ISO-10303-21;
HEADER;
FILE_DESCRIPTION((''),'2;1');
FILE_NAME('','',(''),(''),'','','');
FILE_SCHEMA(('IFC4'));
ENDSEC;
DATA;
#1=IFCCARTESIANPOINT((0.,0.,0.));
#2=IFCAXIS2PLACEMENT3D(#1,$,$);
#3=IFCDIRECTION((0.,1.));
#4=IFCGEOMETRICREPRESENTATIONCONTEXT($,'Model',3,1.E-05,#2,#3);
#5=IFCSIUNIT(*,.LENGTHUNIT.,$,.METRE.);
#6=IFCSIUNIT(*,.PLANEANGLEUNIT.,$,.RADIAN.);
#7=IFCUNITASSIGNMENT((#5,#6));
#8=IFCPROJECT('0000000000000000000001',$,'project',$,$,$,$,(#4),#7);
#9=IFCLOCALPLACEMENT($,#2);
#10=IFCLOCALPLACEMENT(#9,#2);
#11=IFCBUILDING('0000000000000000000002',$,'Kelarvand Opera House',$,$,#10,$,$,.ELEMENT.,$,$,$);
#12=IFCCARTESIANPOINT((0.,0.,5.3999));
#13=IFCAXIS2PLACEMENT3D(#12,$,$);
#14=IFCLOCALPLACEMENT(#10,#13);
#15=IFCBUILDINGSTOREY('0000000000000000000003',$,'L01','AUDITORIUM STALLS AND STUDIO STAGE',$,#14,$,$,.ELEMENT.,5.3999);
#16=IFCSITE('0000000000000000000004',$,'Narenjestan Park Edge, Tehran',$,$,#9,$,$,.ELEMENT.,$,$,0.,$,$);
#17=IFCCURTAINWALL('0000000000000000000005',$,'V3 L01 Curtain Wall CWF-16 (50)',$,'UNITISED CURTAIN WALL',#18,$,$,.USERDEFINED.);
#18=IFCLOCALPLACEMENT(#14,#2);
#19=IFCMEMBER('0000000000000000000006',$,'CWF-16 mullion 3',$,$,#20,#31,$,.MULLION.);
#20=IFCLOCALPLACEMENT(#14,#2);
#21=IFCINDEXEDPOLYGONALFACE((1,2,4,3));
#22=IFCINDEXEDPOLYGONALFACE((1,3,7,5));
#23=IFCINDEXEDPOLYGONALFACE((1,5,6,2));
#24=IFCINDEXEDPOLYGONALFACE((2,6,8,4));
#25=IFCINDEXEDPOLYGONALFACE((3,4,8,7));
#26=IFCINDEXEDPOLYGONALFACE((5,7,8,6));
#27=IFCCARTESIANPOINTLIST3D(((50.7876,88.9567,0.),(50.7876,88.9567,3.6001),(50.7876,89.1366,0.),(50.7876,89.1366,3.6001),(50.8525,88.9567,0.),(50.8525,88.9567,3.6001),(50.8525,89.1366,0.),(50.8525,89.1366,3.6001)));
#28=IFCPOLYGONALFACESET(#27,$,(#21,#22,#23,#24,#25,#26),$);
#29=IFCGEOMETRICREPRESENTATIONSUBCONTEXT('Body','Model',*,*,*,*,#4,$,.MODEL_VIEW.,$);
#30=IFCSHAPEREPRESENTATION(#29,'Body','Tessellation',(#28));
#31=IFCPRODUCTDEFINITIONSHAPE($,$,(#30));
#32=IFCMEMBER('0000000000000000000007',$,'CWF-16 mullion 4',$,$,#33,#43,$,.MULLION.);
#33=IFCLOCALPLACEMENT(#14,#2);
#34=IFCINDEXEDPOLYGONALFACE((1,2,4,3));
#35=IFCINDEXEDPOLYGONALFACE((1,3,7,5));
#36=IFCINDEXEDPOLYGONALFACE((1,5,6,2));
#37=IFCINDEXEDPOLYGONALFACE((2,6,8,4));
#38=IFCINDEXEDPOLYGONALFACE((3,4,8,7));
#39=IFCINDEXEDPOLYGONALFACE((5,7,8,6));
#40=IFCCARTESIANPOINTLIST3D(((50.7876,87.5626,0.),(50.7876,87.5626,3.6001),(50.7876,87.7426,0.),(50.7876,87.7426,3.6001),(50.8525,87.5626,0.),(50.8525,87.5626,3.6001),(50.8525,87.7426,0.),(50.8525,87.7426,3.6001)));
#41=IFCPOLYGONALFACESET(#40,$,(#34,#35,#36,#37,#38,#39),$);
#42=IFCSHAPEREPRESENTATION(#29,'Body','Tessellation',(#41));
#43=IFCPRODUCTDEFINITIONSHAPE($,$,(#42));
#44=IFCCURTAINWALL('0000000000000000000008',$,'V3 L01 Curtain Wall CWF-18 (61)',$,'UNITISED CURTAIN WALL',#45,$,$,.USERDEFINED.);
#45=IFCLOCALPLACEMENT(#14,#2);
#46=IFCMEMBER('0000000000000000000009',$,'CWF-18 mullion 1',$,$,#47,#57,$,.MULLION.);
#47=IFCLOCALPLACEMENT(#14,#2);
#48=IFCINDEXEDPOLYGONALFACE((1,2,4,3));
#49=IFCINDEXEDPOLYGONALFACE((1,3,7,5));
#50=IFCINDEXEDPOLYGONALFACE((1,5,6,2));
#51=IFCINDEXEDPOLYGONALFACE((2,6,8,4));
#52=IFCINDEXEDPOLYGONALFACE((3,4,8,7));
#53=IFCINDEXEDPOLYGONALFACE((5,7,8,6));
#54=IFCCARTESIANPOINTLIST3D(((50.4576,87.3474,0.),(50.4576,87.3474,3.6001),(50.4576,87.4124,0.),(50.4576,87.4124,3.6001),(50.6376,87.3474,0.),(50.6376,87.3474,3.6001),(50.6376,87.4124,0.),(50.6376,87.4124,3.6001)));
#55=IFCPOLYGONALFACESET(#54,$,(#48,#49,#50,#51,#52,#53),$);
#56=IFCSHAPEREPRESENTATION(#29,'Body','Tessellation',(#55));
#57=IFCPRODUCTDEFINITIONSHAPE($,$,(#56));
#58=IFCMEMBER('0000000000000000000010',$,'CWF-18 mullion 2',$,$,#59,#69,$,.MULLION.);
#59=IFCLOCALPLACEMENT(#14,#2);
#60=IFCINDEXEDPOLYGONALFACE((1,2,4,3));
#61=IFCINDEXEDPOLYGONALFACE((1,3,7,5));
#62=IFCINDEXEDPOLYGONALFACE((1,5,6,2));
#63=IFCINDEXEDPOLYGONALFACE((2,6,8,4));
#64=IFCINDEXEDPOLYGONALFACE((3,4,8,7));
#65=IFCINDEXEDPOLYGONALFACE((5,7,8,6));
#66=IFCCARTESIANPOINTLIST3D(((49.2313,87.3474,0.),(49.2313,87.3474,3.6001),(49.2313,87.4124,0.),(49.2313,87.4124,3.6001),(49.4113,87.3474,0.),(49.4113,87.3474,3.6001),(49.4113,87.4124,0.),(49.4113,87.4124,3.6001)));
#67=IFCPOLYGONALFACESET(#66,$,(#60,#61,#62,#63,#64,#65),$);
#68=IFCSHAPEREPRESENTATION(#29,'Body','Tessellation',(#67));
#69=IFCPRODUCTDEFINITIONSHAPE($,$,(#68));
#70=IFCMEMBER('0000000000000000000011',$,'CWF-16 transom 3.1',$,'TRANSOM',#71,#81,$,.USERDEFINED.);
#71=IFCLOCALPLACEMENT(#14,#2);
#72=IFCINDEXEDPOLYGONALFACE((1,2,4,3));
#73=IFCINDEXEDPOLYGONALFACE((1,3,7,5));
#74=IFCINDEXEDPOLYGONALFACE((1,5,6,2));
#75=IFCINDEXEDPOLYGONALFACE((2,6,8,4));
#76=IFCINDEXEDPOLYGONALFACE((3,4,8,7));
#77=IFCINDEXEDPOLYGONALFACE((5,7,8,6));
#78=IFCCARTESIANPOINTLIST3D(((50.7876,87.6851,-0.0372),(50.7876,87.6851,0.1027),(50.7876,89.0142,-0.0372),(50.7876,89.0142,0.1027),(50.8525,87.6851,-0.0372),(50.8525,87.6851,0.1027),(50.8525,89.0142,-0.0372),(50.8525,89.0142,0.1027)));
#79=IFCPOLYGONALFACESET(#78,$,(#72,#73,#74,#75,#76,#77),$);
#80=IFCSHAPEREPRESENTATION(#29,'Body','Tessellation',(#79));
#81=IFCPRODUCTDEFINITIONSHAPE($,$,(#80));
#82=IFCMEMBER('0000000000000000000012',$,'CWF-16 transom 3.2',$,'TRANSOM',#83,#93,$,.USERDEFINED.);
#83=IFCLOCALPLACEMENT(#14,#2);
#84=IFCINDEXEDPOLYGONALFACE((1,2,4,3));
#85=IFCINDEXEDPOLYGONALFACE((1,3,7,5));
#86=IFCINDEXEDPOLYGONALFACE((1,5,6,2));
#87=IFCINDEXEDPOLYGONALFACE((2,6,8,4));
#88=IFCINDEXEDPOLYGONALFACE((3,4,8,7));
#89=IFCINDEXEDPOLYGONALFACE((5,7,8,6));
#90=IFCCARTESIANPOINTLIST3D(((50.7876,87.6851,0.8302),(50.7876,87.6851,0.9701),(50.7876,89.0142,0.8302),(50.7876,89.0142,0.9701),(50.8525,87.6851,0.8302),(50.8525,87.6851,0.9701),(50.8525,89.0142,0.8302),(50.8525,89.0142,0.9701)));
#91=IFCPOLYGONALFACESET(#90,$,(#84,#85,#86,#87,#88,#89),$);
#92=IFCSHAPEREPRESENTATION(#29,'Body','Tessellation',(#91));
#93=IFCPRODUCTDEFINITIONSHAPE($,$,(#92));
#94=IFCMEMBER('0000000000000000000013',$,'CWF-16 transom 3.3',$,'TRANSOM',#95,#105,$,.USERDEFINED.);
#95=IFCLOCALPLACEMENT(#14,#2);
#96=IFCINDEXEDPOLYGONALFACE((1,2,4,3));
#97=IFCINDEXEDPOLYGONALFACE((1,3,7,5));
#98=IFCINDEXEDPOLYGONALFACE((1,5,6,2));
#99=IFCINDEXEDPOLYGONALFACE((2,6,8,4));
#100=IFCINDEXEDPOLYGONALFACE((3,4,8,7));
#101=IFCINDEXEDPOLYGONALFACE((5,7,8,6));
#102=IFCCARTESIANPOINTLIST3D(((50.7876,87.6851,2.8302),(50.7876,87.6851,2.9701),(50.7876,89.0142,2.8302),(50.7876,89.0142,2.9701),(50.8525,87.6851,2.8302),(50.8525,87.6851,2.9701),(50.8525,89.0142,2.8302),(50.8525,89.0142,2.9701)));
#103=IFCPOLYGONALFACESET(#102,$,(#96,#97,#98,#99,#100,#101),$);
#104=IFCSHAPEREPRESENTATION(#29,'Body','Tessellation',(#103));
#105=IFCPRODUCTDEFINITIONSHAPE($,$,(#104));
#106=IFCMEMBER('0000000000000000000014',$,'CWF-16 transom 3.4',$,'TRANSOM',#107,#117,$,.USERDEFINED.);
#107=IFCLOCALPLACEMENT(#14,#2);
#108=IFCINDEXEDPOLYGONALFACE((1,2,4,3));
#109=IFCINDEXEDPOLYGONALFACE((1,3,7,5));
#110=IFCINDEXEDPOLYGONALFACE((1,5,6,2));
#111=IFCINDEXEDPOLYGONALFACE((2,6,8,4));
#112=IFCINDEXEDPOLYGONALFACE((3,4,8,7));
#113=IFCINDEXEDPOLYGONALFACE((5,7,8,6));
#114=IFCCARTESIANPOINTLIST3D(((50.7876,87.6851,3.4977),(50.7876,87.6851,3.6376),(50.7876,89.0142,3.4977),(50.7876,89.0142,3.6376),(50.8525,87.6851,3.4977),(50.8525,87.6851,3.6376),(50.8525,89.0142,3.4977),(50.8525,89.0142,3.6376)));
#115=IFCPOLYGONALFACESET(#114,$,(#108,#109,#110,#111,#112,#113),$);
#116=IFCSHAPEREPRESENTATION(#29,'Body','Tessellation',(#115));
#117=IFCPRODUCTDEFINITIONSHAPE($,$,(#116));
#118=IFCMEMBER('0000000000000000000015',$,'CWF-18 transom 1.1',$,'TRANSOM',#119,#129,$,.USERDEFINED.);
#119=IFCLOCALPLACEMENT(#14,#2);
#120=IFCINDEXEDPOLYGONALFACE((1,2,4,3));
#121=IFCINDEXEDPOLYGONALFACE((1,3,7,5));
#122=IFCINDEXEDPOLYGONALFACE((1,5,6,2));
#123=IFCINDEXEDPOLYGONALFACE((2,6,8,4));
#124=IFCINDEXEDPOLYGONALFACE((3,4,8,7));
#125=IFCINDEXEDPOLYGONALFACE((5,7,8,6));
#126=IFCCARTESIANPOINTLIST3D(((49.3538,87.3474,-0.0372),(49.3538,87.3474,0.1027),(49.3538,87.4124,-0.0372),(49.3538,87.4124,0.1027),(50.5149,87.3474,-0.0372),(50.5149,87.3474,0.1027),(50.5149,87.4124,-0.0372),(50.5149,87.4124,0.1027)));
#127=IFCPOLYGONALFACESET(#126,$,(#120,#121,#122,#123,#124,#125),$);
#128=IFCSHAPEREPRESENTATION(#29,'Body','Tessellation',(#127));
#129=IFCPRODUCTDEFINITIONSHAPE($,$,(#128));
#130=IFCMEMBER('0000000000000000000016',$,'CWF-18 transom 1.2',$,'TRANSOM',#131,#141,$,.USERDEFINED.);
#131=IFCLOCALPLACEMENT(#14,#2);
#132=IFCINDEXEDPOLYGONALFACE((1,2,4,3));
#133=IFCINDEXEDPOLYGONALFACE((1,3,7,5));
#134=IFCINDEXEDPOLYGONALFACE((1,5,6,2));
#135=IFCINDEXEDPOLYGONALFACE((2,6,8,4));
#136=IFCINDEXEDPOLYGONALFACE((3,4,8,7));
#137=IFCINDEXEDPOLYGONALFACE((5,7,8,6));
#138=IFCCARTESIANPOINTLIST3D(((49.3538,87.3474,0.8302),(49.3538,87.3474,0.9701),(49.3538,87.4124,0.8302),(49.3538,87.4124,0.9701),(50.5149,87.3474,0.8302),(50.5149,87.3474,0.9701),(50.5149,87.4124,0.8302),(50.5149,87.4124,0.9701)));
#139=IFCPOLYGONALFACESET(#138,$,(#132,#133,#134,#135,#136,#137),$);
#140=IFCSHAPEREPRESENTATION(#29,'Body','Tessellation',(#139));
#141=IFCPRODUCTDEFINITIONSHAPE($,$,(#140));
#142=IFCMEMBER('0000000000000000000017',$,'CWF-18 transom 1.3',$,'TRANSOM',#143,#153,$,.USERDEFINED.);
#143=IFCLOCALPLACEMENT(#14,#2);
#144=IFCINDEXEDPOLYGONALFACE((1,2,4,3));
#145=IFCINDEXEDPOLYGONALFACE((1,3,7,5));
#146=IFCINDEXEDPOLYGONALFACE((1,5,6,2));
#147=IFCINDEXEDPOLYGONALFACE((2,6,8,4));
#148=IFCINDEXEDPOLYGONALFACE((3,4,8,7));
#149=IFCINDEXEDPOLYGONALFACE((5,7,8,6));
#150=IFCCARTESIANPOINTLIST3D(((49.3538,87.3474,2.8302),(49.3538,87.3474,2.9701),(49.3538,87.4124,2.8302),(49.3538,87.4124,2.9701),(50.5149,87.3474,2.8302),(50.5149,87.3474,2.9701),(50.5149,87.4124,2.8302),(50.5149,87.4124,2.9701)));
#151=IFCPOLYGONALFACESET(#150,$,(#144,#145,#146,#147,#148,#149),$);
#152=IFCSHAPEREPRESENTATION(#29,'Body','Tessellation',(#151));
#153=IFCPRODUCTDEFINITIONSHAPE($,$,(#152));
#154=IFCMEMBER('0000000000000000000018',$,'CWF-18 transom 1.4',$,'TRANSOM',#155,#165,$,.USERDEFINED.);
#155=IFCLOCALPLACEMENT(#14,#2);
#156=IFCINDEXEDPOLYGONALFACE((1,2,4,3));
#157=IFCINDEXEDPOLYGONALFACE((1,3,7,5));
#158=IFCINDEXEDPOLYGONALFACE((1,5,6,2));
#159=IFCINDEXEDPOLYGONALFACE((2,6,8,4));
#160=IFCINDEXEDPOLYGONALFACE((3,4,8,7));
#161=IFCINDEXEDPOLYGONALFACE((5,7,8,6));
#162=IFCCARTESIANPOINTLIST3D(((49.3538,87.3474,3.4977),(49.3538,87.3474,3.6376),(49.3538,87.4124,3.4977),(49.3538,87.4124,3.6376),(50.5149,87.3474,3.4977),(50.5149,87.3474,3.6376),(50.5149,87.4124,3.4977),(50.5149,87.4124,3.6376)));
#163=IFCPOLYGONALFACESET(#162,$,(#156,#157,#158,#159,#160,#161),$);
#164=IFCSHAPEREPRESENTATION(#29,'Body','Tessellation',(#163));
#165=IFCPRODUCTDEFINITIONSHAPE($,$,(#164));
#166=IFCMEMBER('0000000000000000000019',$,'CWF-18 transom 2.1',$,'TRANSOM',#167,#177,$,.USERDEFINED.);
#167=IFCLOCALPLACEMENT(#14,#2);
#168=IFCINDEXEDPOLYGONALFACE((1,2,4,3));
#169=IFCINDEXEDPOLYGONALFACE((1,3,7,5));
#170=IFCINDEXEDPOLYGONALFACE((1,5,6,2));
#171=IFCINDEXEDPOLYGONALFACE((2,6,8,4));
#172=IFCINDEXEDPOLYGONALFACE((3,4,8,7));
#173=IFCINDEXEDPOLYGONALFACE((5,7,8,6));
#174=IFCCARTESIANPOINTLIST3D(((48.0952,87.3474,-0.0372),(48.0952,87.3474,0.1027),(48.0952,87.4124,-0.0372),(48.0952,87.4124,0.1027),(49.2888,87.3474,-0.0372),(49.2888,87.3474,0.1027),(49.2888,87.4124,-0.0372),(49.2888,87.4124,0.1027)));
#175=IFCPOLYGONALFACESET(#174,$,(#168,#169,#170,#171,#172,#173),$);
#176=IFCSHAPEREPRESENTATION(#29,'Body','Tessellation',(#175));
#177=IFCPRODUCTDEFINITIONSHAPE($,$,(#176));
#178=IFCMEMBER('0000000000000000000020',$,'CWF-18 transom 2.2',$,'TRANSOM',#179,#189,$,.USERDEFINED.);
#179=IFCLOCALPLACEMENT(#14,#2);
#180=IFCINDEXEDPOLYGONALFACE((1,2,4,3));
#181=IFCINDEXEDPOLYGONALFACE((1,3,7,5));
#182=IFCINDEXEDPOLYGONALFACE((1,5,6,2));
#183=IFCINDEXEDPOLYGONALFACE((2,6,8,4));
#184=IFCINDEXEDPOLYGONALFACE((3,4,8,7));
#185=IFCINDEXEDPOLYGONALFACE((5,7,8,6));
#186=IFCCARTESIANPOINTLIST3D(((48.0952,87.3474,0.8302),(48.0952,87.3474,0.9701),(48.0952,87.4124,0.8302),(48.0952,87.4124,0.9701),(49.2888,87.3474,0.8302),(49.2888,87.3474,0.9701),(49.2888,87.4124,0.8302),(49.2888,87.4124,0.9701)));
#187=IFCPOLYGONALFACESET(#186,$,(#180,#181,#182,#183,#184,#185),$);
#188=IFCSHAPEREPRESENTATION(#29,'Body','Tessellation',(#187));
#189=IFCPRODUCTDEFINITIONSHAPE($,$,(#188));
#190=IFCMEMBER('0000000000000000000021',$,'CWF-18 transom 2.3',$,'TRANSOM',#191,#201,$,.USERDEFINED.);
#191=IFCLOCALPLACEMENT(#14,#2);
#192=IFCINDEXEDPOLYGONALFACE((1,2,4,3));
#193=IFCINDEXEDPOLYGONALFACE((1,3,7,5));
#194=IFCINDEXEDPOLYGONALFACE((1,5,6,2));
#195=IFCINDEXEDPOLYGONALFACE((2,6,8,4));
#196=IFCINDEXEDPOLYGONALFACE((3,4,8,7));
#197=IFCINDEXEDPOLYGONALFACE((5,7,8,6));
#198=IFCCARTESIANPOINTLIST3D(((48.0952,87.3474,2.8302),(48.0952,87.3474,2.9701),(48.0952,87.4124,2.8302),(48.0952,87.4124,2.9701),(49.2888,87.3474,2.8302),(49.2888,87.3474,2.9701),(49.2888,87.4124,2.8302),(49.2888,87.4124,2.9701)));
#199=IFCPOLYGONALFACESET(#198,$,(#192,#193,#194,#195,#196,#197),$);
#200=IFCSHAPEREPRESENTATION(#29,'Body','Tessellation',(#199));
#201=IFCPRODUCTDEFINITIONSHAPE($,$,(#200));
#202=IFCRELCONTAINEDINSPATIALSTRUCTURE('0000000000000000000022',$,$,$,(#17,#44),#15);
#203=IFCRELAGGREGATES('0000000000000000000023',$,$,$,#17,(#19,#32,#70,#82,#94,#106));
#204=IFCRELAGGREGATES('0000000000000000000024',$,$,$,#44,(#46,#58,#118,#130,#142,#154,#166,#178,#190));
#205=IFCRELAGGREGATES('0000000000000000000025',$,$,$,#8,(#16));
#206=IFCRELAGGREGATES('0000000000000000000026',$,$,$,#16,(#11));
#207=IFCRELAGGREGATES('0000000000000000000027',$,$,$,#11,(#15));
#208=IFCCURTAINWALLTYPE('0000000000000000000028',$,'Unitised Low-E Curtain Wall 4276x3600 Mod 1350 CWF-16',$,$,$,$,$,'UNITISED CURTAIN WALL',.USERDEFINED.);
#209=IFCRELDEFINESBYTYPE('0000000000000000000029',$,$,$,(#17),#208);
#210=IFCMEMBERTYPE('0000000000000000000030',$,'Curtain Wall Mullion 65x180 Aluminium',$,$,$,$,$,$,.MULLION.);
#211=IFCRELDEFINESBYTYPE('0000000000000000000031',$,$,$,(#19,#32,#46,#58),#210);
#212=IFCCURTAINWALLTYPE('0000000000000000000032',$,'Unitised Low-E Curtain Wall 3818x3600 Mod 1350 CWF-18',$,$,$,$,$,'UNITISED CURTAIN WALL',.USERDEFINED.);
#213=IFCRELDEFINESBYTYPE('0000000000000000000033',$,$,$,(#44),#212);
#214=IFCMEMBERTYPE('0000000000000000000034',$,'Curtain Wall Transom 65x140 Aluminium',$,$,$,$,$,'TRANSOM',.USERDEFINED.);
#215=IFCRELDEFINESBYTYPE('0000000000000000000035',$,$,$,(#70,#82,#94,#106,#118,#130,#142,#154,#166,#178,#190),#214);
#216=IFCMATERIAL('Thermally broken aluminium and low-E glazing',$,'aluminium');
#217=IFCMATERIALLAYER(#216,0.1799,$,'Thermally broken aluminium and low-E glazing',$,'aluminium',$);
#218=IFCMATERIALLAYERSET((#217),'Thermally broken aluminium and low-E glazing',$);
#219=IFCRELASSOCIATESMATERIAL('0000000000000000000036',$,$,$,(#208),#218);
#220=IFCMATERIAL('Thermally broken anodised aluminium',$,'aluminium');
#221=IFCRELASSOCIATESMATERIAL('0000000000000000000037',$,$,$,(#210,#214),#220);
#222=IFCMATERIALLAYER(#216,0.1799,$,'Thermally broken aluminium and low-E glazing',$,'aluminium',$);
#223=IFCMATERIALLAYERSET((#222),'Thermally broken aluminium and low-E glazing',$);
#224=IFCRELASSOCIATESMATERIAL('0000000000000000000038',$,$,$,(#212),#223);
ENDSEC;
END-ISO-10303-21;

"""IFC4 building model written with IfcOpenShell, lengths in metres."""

from ifc_helpers import new_model, si_unit, direction, frame, origin, origin_2d, place, context, subcontext, project, spatial, rectangle, extrude, material, layer, layer_set, material_profile, profile_set, type_object, element, aggregate, save


model = new_model("IFC4")

# Units and contexts
model_context = context("Model", 3, precision=1e-05, world=origin(), true_north=direction((0.0, 1.0)))
body_context = subcontext(model_context, "Body", "Model", "MODEL_VIEW")
ifc_project = project(units=[si_unit("LENGTHUNIT", "METRE"), si_unit("PLANEANGLEUNIT", "RADIAN")], contexts=[model_context])

# Site, building, storey
site_placement = place(None, origin())
site = spatial("IfcSite", under=ifc_project, at=site_placement, Name="Narenjestan Park Edge, Tehran", CompositionType="ELEMENT", RefElevation=0.0)
building_placement = place(site_placement, origin())
building = spatial("IfcBuilding", under=site, at=building_placement, Name="Kelarvand Opera House", CompositionType="ELEMENT")
storey_placement = place(building_placement, frame((0.0, 0.0, 5.3999)))
storey = spatial("IfcBuildingStorey", under=building, at=storey_placement, Name="L01", Description="AUDITORIUM STALLS AND STUDIO STAGE", CompositionType="ELEMENT", Elevation=5.3999)

# Curtain walls, members
ifc_material_1 = material(Name="Thermally broken aluminium and low-E glazing", Category="aluminium")
ifc_layer_1 = layer(ifc_material_1, 0.1799, Name="Thermally broken aluminium and low-E glazing", Category="aluminium")
ifc_layer_set_1 = layer_set([ifc_layer_1], Name="Thermally broken aluminium and low-E glazing")
curtain_wall_type_1 = type_object("IfcCurtainWallType", Name="Unitised Low-E Curtain Wall 4276x3600 Mod 1350 CWF-16", ElementType="UNITISED CURTAIN WALL", PredefinedType="USERDEFINED", material=ifc_layer_set_1)
curtain_wall_1_placement = place(storey_placement, origin())
curtain_wall_1 = element("IfcCurtainWall", 1, at=curtain_wall_1_placement, inside=storey, type_object=curtain_wall_type_1, Name="V3 L01 Curtain Wall CWF-16 (50)", ObjectType="UNITISED CURTAIN WALL", PredefinedType="USERDEFINED")
ifc_material_2 = material(Name="Thermally broken anodised aluminium", Category="aluminium")
ifc_material_profile_1 = material_profile(ifc_material_2, rectangle(XDim=0.0649, YDim=0.1799, at=origin_2d()), Name="ALU MULLION 65x180", Category="aluminium")
ifc_profile_set_1 = profile_set([ifc_material_profile_1], Name="Thermally broken anodised aluminium")
member_type_1 = type_object("IfcMemberType", Name="Curtain Wall Mullion 65x180 Aluminium", PredefinedType="MULLION", material=ifc_profile_set_1)
member_1_placement = place(storey_placement, frame((50.8201, 89.0466, 0.0), z_axis=(0.0, 0.0, 1.0), x_axis=(1.0, 0.0, 0.0)))
member_1 = element("IfcMember", 2, at=member_1_placement, type_object=member_type_1, Name="CWF-16 mullion 3", PredefinedType="MULLION", context=body_context, shape_type="SweptSolid", body=[
    extrude(rectangle(XDim=0.0649, YDim=0.1799, at=origin_2d()), origin(), (0.0, 0.0, 1.0), 3.6001),
])
member_2_placement = place(storey_placement, frame((50.8201, 87.6526, 0.0), z_axis=(0.0, 0.0, 1.0), x_axis=(1.0, 0.0, 0.0)))
member_2 = element("IfcMember", 3, at=member_2_placement, type_object=member_type_1, Name="CWF-16 mullion 4", PredefinedType="MULLION", context=body_context, shape_type="SweptSolid", body=[
    extrude(rectangle(XDim=0.0649, YDim=0.1799, at=origin_2d()), origin(), (0.0, 0.0, 1.0), 3.6001),
])
ifc_layer_2 = layer(ifc_material_1, 0.1799, Name="Thermally broken aluminium and low-E glazing", Category="aluminium")
ifc_layer_set_2 = layer_set([ifc_layer_2], Name="Thermally broken aluminium and low-E glazing")
curtain_wall_type_2 = type_object("IfcCurtainWallType", Name="Unitised Low-E Curtain Wall 3818x3600 Mod 1350 CWF-18", ElementType="UNITISED CURTAIN WALL", PredefinedType="USERDEFINED", material=ifc_layer_set_2)
curtain_wall_2_placement = place(storey_placement, origin())
curtain_wall_2 = element("IfcCurtainWall", 4, at=curtain_wall_2_placement, inside=storey, type_object=curtain_wall_type_2, Name="V3 L01 Curtain Wall CWF-18 (61)", ObjectType="UNITISED CURTAIN WALL", PredefinedType="USERDEFINED")
member_3_placement = place(storey_placement, frame((50.5476, 87.3799, 0.0), z_axis=(0.0, 0.0, 1.0), x_axis=(0.0, -1.0, 0.0)))
member_3 = element("IfcMember", 5, at=member_3_placement, type_object=member_type_1, Name="CWF-18 mullion 1", PredefinedType="MULLION", context=body_context, shape_type="SweptSolid", body=[
    extrude(rectangle(XDim=0.0649, YDim=0.1799, at=origin_2d()), origin(), (0.0, 0.0, 1.0), 3.6001),
])
member_4_placement = place(storey_placement, frame((49.3213, 87.3799, 0.0), z_axis=(0.0, 0.0, 1.0), x_axis=(0.0, -1.0, 0.0)))
member_4 = element("IfcMember", 6, at=member_4_placement, type_object=member_type_1, Name="CWF-18 mullion 2", PredefinedType="MULLION", context=body_context, shape_type="SweptSolid", body=[
    extrude(rectangle(XDim=0.0649, YDim=0.1799, at=origin_2d()), origin(), (0.0, 0.0, 1.0), 3.6001),
])

# Members
ifc_material_profile_2 = material_profile(ifc_material_2, rectangle(XDim=0.0649, YDim=0.1399, at=origin_2d()), Name="ALU TRANSOM 65x140", Category="aluminium")
ifc_profile_set_2 = profile_set([ifc_material_profile_2], Name="Thermally broken anodised aluminium")
member_type_2 = type_object("IfcMemberType", Name="Curtain Wall Transom 65x140 Aluminium", ElementType="TRANSOM", PredefinedType="USERDEFINED", material=ifc_profile_set_2)
member_5_placement = place(storey_placement, frame((50.8201, 89.0142, 0.0327), z_axis=(0.0, -1.0, 0.0), x_axis=(1.0, 0.0, 0.0)))
member_5 = element("IfcMember", 7, at=member_5_placement, type_object=member_type_2, Name="CWF-16 transom 3.1", ObjectType="TRANSOM", PredefinedType="USERDEFINED", context=body_context, shape_type="SweptSolid", body=[
    extrude(rectangle(XDim=0.0649, YDim=0.1399, at=origin_2d()), origin(), (0.0, 0.0, 1.0), 1.3291),
])
member_6_placement = place(storey_placement, frame((50.8201, 89.0142, 0.9001), z_axis=(0.0, -1.0, 0.0), x_axis=(1.0, 0.0, 0.0)))
member_6 = element("IfcMember", 8, at=member_6_placement, type_object=member_type_2, Name="CWF-16 transom 3.2", ObjectType="TRANSOM", PredefinedType="USERDEFINED", context=body_context, shape_type="SweptSolid", body=[
    extrude(rectangle(XDim=0.0649, YDim=0.1399, at=origin_2d()), origin(), (0.0, 0.0, 1.0), 1.3291),
])
member_7_placement = place(storey_placement, frame((50.8201, 89.0142, 2.9001), z_axis=(0.0, -1.0, 0.0), x_axis=(1.0, 0.0, 0.0)))
member_7 = element("IfcMember", 9, at=member_7_placement, type_object=member_type_2, Name="CWF-16 transom 3.3", ObjectType="TRANSOM", PredefinedType="USERDEFINED", context=body_context, shape_type="SweptSolid", body=[
    extrude(rectangle(XDim=0.0649, YDim=0.1399, at=origin_2d()), origin(), (0.0, 0.0, 1.0), 1.3291),
])
member_8_placement = place(storey_placement, frame((50.8201, 89.0142, 3.5676), z_axis=(0.0, -1.0, 0.0), x_axis=(1.0, 0.0, 0.0)))
member_8 = element("IfcMember", 10, at=member_8_placement, type_object=member_type_2, Name="CWF-16 transom 3.4", ObjectType="TRANSOM", PredefinedType="USERDEFINED", context=body_context, shape_type="SweptSolid", body=[
    extrude(rectangle(XDim=0.0649, YDim=0.1399, at=origin_2d()), origin(), (0.0, 0.0, 1.0), 1.3291),
])
member_9_placement = place(storey_placement, frame((50.5149, 87.3799, 0.0327), z_axis=(-1.0, 0.0, 0.0), x_axis=(0.0, -1.0, 0.0)))
member_9 = element("IfcMember", 11, at=member_9_placement, type_object=member_type_2, Name="CWF-18 transom 1.1", ObjectType="TRANSOM", PredefinedType="USERDEFINED", context=body_context, shape_type="SweptSolid", body=[
    extrude(rectangle(XDim=0.0649, YDim=0.1399, at=origin_2d()), origin(), (0.0, 0.0, 1.0), 1.1611),
])
member_10_placement = place(storey_placement, frame((50.5149, 87.3799, 0.9001), z_axis=(-1.0, 0.0, 0.0), x_axis=(0.0, -1.0, 0.0)))
member_10 = element("IfcMember", 12, at=member_10_placement, type_object=member_type_2, Name="CWF-18 transom 1.2", ObjectType="TRANSOM", PredefinedType="USERDEFINED", context=body_context, shape_type="SweptSolid", body=[
    extrude(rectangle(XDim=0.0649, YDim=0.1399, at=origin_2d()), origin(), (0.0, 0.0, 1.0), 1.1611),
])
member_11_placement = place(storey_placement, frame((50.5149, 87.3799, 2.9001), z_axis=(-1.0, 0.0, 0.0), x_axis=(0.0, -1.0, 0.0)))
member_11 = element("IfcMember", 13, at=member_11_placement, type_object=member_type_2, Name="CWF-18 transom 1.3", ObjectType="TRANSOM", PredefinedType="USERDEFINED", context=body_context, shape_type="SweptSolid", body=[
    extrude(rectangle(XDim=0.0649, YDim=0.1399, at=origin_2d()), origin(), (0.0, 0.0, 1.0), 1.1611),
])
member_12_placement = place(storey_placement, frame((50.5149, 87.3799, 3.5676), z_axis=(-1.0, 0.0, 0.0), x_axis=(0.0, -1.0, 0.0)))
member_12 = element("IfcMember", 14, at=member_12_placement, type_object=member_type_2, Name="CWF-18 transom 1.4", ObjectType="TRANSOM", PredefinedType="USERDEFINED", context=body_context, shape_type="SweptSolid", body=[
    extrude(rectangle(XDim=0.0649, YDim=0.1399, at=origin_2d()), origin(), (0.0, 0.0, 1.0), 1.1611),
])
member_13_placement = place(storey_placement, frame((49.2888, 87.3799, 0.0327), z_axis=(-1.0, 0.0, 0.0), x_axis=(0.0, -1.0, 0.0)))
member_13 = element("IfcMember", 15, at=member_13_placement, type_object=member_type_2, Name="CWF-18 transom 2.1", ObjectType="TRANSOM", PredefinedType="USERDEFINED", context=body_context, shape_type="SweptSolid", body=[
    extrude(rectangle(XDim=0.0649, YDim=0.1399, at=origin_2d()), origin(), (0.0, 0.0, 1.0), 1.1936),
])
member_14_placement = place(storey_placement, frame((49.2888, 87.3799, 0.9001), z_axis=(-1.0, 0.0, 0.0), x_axis=(0.0, -1.0, 0.0)))
member_14 = element("IfcMember", 16, at=member_14_placement, type_object=member_type_2, Name="CWF-18 transom 2.2", ObjectType="TRANSOM", PredefinedType="USERDEFINED", context=body_context, shape_type="SweptSolid", body=[
    extrude(rectangle(XDim=0.0649, YDim=0.1399, at=origin_2d()), origin(), (0.0, 0.0, 1.0), 1.1936),
])
member_15_placement = place(storey_placement, frame((49.2888, 87.3799, 2.9001), z_axis=(-1.0, 0.0, 0.0), x_axis=(0.0, -1.0, 0.0)))
member_15 = element("IfcMember", 17, at=member_15_placement, type_object=member_type_2, Name="CWF-18 transom 2.3", ObjectType="TRANSOM", PredefinedType="USERDEFINED", context=body_context, shape_type="SweptSolid", body=[
    extrude(rectangle(XDim=0.0649, YDim=0.1399, at=origin_2d()), origin(), (0.0, 0.0, 1.0), 1.1936),
])

aggregate(curtain_wall_1, [member_1, member_2, member_5, member_6, member_7, member_8])
aggregate(curtain_wall_2, [member_3, member_4, member_9, member_10, member_11, member_12, member_13, member_14, member_15])

save(model, "model.ifc")
